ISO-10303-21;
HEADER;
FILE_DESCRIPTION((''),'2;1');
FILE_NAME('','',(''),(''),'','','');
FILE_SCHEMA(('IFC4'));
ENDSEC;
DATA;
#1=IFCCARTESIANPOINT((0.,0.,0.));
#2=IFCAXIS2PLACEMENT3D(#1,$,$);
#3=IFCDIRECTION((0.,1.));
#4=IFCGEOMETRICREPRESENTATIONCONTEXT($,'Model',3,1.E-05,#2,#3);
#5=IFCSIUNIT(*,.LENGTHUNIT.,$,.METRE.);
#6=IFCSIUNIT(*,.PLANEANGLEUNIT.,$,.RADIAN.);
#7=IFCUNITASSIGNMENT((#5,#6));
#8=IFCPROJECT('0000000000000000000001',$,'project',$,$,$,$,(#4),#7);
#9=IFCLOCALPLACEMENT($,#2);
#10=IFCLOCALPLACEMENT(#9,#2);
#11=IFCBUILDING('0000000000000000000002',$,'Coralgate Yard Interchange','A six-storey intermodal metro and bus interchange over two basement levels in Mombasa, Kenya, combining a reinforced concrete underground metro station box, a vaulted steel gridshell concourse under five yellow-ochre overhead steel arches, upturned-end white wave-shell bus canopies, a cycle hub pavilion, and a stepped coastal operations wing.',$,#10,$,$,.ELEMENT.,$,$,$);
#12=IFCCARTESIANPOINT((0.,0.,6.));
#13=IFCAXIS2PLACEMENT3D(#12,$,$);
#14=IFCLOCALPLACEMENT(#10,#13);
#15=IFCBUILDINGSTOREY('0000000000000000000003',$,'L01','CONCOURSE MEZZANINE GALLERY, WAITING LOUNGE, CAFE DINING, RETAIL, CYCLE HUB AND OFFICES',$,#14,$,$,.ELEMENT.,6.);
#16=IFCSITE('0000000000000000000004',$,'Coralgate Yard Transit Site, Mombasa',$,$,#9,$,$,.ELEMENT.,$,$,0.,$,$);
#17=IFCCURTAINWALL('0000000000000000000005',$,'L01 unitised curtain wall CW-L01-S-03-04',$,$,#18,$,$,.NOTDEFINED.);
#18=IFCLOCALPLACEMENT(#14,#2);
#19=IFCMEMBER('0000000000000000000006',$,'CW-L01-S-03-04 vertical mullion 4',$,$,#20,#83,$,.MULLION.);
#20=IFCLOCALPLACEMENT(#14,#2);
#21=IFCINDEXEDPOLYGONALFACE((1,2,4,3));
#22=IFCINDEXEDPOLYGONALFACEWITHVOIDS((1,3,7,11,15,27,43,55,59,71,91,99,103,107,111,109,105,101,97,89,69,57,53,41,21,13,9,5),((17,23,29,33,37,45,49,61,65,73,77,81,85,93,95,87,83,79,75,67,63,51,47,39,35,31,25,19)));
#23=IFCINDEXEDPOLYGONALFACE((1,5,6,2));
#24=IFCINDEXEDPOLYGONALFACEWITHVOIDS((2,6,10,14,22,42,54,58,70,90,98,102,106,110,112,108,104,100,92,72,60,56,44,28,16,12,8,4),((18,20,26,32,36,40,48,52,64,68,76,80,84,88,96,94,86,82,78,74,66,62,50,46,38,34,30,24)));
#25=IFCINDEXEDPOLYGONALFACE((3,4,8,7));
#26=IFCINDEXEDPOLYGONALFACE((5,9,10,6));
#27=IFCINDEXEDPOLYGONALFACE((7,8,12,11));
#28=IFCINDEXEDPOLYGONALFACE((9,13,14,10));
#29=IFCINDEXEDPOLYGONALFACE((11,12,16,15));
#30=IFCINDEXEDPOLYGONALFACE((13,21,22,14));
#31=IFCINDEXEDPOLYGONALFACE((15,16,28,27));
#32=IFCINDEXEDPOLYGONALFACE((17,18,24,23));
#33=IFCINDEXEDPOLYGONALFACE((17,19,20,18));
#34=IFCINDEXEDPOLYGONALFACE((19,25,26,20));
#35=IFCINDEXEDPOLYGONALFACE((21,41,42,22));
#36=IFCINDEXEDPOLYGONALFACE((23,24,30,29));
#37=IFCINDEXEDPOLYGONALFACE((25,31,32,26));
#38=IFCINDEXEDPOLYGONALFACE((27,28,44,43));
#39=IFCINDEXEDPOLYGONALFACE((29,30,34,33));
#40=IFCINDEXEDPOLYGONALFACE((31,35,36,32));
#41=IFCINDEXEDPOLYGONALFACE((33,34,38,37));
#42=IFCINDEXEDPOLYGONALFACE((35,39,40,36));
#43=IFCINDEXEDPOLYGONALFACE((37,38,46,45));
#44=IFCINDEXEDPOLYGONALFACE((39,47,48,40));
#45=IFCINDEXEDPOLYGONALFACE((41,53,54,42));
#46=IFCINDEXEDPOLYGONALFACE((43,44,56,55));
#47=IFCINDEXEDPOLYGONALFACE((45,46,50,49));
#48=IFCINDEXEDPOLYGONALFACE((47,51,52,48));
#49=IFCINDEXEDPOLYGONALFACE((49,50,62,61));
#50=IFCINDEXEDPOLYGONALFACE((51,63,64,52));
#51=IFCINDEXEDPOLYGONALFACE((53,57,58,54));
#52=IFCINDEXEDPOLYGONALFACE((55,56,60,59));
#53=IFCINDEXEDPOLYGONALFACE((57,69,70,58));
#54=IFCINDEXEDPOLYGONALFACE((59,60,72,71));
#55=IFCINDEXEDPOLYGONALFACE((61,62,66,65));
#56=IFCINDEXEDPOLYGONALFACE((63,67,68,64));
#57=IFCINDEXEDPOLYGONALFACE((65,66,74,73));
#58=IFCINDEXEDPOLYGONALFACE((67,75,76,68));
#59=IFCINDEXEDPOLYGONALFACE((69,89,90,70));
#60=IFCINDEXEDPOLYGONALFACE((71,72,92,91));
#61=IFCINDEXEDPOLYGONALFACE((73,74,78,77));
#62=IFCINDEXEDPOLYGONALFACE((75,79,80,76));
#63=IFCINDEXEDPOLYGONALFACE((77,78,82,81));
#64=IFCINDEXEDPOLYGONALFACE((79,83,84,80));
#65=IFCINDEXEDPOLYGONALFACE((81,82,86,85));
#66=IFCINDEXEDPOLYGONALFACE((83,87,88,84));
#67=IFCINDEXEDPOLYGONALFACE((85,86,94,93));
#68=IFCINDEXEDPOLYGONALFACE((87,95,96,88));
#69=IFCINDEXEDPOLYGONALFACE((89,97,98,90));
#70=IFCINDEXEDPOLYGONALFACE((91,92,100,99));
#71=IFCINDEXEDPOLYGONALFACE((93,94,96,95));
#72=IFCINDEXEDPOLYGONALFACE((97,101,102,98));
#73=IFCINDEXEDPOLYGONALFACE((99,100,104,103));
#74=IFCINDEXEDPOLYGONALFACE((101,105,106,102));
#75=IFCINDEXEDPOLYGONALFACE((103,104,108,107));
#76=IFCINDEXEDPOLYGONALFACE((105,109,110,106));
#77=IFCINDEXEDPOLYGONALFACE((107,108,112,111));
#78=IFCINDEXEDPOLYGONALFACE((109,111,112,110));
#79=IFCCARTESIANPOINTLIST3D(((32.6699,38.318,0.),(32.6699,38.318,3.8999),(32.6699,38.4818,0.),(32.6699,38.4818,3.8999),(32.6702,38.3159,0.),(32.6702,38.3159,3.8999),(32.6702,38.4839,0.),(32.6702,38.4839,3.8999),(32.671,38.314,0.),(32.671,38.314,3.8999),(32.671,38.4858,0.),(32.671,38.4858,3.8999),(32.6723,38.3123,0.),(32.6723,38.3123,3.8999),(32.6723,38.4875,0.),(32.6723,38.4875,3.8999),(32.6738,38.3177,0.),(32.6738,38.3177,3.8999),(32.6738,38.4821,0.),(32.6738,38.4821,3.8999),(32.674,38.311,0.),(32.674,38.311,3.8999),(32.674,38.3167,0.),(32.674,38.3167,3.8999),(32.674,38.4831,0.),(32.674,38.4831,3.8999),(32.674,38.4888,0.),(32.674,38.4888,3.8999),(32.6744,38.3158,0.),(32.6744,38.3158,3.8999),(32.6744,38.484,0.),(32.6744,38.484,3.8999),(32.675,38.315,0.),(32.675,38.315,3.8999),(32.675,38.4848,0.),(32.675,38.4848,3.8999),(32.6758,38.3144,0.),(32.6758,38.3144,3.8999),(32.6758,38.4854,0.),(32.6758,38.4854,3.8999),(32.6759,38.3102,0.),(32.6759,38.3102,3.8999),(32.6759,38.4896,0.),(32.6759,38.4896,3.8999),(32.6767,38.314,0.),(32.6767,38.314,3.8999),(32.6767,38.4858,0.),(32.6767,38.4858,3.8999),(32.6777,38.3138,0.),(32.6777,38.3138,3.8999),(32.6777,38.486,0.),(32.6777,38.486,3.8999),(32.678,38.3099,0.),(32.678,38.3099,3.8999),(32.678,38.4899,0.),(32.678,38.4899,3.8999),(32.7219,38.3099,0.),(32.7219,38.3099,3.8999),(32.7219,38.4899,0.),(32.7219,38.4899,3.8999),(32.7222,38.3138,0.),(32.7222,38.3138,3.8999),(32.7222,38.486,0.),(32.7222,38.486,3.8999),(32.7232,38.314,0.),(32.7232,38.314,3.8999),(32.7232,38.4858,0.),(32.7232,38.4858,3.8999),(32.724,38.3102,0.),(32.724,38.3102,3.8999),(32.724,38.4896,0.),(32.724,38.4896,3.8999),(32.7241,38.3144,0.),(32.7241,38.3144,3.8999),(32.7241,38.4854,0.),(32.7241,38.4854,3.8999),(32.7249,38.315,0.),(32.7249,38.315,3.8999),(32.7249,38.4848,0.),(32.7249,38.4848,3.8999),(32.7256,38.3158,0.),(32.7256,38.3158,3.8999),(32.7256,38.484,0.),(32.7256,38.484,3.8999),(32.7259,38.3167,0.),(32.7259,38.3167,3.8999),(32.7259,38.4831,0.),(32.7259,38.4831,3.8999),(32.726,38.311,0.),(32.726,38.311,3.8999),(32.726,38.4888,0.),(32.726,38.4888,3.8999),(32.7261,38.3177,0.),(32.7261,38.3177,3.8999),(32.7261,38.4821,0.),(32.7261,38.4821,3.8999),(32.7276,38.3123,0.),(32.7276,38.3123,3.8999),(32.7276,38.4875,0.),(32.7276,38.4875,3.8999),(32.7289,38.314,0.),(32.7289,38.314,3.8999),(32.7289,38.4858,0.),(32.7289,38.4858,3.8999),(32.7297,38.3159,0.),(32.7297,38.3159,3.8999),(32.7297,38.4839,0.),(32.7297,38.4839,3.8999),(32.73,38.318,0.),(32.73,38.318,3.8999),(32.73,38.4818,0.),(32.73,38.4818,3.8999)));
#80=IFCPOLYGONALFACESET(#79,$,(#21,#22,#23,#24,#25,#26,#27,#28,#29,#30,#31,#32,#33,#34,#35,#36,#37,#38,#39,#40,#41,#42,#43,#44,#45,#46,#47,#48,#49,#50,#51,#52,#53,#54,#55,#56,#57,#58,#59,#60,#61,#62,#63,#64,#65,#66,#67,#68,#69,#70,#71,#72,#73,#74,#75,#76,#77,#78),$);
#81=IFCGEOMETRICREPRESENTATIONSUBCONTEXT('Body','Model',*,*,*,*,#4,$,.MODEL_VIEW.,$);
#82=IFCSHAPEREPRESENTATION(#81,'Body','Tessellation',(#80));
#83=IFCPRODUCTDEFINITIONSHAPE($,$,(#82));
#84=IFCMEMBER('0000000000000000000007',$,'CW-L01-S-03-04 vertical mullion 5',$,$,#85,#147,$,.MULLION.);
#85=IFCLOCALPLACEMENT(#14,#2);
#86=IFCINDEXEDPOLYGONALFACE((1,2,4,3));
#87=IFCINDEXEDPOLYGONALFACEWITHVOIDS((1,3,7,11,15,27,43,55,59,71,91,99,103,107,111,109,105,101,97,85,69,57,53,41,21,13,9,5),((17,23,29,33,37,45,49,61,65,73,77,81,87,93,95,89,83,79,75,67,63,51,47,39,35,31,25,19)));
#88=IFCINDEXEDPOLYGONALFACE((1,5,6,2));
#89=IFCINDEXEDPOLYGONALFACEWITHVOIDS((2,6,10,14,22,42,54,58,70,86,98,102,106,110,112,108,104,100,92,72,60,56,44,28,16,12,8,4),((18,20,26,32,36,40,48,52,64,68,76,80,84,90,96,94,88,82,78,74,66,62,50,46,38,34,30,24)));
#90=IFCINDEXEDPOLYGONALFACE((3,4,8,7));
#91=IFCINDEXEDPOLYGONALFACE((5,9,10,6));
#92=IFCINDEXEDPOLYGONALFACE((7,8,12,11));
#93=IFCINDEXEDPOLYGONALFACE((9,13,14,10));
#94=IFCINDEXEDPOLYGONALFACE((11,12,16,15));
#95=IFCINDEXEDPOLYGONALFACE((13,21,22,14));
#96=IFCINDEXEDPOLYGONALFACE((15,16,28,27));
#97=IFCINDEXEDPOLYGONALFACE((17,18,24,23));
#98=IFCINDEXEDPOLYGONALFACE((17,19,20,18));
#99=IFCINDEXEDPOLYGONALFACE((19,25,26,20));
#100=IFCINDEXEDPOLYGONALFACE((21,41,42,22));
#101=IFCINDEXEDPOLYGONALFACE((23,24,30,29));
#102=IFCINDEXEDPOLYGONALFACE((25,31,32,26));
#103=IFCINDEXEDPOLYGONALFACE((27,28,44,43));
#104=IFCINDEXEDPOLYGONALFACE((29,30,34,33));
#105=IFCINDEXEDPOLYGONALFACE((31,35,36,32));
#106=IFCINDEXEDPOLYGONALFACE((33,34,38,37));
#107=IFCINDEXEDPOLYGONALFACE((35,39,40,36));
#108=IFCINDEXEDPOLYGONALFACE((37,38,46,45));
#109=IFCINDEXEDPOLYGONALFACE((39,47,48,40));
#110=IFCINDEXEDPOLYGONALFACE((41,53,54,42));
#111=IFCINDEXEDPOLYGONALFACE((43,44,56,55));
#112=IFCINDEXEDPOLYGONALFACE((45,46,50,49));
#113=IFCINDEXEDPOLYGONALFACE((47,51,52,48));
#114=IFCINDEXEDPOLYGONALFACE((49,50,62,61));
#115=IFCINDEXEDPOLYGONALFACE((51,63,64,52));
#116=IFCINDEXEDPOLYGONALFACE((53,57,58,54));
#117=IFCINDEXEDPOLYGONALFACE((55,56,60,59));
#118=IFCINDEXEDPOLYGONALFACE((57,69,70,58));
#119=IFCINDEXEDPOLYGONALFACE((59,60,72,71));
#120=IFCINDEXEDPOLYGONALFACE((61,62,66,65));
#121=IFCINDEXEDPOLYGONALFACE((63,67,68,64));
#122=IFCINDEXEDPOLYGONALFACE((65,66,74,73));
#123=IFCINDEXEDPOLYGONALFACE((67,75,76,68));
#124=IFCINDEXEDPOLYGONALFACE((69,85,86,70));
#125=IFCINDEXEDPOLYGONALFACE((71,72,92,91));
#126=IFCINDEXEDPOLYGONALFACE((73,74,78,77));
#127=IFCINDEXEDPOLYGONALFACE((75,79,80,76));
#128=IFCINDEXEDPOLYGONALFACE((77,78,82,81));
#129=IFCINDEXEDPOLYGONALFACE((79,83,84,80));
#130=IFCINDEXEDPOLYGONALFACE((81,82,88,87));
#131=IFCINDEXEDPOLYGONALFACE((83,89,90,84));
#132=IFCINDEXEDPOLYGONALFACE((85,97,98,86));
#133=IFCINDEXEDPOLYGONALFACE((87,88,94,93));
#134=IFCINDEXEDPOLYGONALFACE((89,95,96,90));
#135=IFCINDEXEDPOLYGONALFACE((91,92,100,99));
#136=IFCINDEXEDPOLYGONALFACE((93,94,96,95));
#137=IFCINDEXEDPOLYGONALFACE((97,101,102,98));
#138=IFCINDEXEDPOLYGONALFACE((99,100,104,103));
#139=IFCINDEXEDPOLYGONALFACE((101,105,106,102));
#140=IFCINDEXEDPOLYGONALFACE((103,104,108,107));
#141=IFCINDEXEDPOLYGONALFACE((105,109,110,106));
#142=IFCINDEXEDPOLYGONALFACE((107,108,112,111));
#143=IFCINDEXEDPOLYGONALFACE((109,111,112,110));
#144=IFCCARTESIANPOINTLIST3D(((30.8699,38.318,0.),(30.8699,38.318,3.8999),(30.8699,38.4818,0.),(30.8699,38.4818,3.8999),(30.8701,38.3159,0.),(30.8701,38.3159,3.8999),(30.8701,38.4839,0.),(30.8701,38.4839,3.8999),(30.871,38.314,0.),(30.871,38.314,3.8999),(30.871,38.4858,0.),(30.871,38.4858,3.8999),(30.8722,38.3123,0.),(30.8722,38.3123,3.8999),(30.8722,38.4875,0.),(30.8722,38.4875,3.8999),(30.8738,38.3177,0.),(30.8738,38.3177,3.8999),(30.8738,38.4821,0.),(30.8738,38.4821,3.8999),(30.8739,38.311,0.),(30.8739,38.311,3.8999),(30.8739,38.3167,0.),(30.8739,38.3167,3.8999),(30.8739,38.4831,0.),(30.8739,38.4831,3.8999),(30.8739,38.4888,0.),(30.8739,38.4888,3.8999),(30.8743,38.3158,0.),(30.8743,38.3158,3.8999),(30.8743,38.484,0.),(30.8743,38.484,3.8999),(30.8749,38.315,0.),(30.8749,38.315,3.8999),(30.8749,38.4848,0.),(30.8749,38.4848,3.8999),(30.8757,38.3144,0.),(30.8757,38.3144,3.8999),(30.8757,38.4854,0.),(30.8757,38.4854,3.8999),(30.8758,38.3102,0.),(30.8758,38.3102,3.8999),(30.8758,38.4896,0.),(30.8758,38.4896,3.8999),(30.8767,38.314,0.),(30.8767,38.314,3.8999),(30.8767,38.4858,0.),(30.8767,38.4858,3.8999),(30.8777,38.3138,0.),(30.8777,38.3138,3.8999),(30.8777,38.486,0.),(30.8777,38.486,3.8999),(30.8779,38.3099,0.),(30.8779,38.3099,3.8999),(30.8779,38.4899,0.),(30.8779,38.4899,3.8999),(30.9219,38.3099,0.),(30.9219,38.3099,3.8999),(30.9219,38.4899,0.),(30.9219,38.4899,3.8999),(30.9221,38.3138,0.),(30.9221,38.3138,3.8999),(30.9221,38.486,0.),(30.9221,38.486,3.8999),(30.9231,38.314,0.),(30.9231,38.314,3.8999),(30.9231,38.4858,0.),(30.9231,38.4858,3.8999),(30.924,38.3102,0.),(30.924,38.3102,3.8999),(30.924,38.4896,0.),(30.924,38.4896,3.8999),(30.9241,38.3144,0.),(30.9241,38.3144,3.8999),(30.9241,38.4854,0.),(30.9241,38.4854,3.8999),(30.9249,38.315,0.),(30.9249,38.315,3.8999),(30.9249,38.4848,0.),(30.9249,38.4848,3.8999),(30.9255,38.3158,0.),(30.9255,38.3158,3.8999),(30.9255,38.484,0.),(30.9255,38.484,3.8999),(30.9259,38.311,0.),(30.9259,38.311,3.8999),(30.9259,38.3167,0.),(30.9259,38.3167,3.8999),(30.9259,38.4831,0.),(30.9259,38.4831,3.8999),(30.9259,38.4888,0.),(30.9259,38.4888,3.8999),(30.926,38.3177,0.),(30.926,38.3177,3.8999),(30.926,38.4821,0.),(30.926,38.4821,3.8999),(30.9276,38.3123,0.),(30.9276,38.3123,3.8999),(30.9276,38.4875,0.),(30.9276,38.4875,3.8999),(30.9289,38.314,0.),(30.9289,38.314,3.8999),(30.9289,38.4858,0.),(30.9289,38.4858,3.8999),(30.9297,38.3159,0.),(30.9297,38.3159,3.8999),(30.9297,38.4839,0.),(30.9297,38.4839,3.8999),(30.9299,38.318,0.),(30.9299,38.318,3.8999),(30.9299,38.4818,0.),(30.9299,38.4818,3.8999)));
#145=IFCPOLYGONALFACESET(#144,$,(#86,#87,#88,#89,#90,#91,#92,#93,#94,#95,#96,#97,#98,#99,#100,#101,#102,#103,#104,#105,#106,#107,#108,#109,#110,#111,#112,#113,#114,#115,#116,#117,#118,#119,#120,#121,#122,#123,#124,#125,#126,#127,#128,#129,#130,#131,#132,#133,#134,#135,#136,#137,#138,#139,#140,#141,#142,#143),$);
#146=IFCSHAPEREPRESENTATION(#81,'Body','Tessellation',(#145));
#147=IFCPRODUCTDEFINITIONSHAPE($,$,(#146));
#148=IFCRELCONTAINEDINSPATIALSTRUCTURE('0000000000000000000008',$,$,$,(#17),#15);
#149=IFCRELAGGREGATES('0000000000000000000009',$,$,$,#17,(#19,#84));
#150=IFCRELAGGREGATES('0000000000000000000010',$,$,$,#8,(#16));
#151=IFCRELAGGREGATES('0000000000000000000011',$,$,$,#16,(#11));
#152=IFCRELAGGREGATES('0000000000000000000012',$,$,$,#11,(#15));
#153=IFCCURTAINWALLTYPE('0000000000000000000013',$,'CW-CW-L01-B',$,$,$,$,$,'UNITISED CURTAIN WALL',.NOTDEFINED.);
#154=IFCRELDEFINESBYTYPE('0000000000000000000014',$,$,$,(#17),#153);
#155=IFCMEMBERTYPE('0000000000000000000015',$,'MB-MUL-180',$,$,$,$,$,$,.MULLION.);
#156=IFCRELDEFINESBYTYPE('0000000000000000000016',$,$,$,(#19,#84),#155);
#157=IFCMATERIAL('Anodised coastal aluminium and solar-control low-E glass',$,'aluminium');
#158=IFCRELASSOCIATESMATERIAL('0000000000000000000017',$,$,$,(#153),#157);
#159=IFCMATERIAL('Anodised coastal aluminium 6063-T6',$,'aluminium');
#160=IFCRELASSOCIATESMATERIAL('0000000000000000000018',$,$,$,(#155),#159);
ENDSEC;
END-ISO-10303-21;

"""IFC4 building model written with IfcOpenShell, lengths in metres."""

from ifc_helpers import new_model, si_unit, direction, frame, origin, origin_2d, place, context, subcontext, project, spatial, hollow_rectangle, extrude, material, material_profile, profile_set, type_object, element, aggregate, save


model = new_model("IFC4")

# Units and contexts
model_context = context("Model", 3, precision=1e-05, world=origin(), true_north=direction((0.0, 1.0)))
body_context = subcontext(model_context, "Body", "Model", "MODEL_VIEW")
ifc_project = project(units=[si_unit("LENGTHUNIT", "METRE"), si_unit("PLANEANGLEUNIT", "RADIAN")], contexts=[model_context])

# Site, building, storey
site_placement = place(None, origin())
site = spatial("IfcSite", under=ifc_project, at=site_placement, Name="Coralgate Yard Transit Site, Mombasa", CompositionType="ELEMENT", RefElevation=0.0)
building_placement = place(site_placement, origin())
building = spatial("IfcBuilding", under=site, at=building_placement, Name="Coralgate Yard Interchange", Description="A six-storey intermodal metro and bus interchange over two basement levels in Mombasa, Kenya, combining a reinforced concrete underground metro station box, a vaulted steel gridshell concourse under five yellow-ochre overhead steel arches, upturned-end white wave-shell bus canopies, a cycle hub pavilion, and a stepped coastal operations wing.", CompositionType="ELEMENT")
storey_placement = place(building_placement, frame((0.0, 0.0, 6.0)))
storey = spatial("IfcBuildingStorey", under=building, at=storey_placement, Name="L01", Description="CONCOURSE MEZZANINE GALLERY, WAITING LOUNGE, CAFE DINING, RETAIL, CYCLE HUB AND OFFICES", CompositionType="ELEMENT", Elevation=6.0)

# Curtain wall, members
ifc_material_1 = material(Name="Anodised coastal aluminium and solar-control low-E glass", Category="aluminium")
curtain_wall_type = type_object("IfcCurtainWallType", Name="CW-CW-L01-B", ElementType="UNITISED CURTAIN WALL", PredefinedType="NOTDEFINED", material=ifc_material_1)
curtain_wall_placement = place(storey_placement, origin())
curtain_wall = element("IfcCurtainWall", 1, at=curtain_wall_placement, inside=storey, type_object=curtain_wall_type, Name="L01 unitised curtain wall CW-L01-S-03-04", PredefinedType="NOTDEFINED")
ifc_material_2 = material(Name="Anodised coastal aluminium 6063-T6", Category="aluminium")
ifc_material_profile_1 = material_profile(ifc_material_2, hollow_rectangle(XDim=0.0601, YDim=0.1799, WallThickness=0.0039, InnerFilletRadius=0.0039, OuterFilletRadius=0.0081, at=origin_2d()), Name="ALU 60x180x4")
ifc_profile_set_1 = profile_set([ifc_material_profile_1], Name="Anodised coastal aluminium 6063-T6")
member_type_1 = type_object("IfcMemberType", Name="MB-MUL-180", PredefinedType="MULLION", material=ifc_profile_set_1)
member_1_placement = place(storey_placement, frame((32.7, 38.3999, 0.0), z_axis=(0.0, 0.0, 1.0), x_axis=(1.0, 0.0, 0.0)))
member_1 = element("IfcMember", 2, at=member_1_placement, type_object=member_type_1, Name="CW-L01-S-03-04 vertical mullion 4", PredefinedType="MULLION", context=body_context, shape_type="SweptSolid", body=[
    extrude(hollow_rectangle(XDim=0.0601, YDim=0.1799, WallThickness=0.0039, InnerFilletRadius=0.0039, OuterFilletRadius=0.0081, at=origin_2d()), origin(), (0.0, 0.0, 1.0), 3.8999),
])
member_2_placement = place(storey_placement, frame((30.8999, 38.3999, 0.0), z_axis=(0.0, 0.0, 1.0), x_axis=(1.0, 0.0, 0.0)))
member_2 = element("IfcMember", 3, at=member_2_placement, type_object=member_type_1, Name="CW-L01-S-03-04 vertical mullion 5", PredefinedType="MULLION", context=body_context, shape_type="SweptSolid", body=[
    extrude(hollow_rectangle(XDim=0.0601, YDim=0.1799, WallThickness=0.0039, InnerFilletRadius=0.0039, OuterFilletRadius=0.0081, at=origin_2d()), origin(), (0.0, 0.0, 1.0), 3.8999),
])
aggregate(curtain_wall, [member_1, member_2])

save(model, "model.ifc")
